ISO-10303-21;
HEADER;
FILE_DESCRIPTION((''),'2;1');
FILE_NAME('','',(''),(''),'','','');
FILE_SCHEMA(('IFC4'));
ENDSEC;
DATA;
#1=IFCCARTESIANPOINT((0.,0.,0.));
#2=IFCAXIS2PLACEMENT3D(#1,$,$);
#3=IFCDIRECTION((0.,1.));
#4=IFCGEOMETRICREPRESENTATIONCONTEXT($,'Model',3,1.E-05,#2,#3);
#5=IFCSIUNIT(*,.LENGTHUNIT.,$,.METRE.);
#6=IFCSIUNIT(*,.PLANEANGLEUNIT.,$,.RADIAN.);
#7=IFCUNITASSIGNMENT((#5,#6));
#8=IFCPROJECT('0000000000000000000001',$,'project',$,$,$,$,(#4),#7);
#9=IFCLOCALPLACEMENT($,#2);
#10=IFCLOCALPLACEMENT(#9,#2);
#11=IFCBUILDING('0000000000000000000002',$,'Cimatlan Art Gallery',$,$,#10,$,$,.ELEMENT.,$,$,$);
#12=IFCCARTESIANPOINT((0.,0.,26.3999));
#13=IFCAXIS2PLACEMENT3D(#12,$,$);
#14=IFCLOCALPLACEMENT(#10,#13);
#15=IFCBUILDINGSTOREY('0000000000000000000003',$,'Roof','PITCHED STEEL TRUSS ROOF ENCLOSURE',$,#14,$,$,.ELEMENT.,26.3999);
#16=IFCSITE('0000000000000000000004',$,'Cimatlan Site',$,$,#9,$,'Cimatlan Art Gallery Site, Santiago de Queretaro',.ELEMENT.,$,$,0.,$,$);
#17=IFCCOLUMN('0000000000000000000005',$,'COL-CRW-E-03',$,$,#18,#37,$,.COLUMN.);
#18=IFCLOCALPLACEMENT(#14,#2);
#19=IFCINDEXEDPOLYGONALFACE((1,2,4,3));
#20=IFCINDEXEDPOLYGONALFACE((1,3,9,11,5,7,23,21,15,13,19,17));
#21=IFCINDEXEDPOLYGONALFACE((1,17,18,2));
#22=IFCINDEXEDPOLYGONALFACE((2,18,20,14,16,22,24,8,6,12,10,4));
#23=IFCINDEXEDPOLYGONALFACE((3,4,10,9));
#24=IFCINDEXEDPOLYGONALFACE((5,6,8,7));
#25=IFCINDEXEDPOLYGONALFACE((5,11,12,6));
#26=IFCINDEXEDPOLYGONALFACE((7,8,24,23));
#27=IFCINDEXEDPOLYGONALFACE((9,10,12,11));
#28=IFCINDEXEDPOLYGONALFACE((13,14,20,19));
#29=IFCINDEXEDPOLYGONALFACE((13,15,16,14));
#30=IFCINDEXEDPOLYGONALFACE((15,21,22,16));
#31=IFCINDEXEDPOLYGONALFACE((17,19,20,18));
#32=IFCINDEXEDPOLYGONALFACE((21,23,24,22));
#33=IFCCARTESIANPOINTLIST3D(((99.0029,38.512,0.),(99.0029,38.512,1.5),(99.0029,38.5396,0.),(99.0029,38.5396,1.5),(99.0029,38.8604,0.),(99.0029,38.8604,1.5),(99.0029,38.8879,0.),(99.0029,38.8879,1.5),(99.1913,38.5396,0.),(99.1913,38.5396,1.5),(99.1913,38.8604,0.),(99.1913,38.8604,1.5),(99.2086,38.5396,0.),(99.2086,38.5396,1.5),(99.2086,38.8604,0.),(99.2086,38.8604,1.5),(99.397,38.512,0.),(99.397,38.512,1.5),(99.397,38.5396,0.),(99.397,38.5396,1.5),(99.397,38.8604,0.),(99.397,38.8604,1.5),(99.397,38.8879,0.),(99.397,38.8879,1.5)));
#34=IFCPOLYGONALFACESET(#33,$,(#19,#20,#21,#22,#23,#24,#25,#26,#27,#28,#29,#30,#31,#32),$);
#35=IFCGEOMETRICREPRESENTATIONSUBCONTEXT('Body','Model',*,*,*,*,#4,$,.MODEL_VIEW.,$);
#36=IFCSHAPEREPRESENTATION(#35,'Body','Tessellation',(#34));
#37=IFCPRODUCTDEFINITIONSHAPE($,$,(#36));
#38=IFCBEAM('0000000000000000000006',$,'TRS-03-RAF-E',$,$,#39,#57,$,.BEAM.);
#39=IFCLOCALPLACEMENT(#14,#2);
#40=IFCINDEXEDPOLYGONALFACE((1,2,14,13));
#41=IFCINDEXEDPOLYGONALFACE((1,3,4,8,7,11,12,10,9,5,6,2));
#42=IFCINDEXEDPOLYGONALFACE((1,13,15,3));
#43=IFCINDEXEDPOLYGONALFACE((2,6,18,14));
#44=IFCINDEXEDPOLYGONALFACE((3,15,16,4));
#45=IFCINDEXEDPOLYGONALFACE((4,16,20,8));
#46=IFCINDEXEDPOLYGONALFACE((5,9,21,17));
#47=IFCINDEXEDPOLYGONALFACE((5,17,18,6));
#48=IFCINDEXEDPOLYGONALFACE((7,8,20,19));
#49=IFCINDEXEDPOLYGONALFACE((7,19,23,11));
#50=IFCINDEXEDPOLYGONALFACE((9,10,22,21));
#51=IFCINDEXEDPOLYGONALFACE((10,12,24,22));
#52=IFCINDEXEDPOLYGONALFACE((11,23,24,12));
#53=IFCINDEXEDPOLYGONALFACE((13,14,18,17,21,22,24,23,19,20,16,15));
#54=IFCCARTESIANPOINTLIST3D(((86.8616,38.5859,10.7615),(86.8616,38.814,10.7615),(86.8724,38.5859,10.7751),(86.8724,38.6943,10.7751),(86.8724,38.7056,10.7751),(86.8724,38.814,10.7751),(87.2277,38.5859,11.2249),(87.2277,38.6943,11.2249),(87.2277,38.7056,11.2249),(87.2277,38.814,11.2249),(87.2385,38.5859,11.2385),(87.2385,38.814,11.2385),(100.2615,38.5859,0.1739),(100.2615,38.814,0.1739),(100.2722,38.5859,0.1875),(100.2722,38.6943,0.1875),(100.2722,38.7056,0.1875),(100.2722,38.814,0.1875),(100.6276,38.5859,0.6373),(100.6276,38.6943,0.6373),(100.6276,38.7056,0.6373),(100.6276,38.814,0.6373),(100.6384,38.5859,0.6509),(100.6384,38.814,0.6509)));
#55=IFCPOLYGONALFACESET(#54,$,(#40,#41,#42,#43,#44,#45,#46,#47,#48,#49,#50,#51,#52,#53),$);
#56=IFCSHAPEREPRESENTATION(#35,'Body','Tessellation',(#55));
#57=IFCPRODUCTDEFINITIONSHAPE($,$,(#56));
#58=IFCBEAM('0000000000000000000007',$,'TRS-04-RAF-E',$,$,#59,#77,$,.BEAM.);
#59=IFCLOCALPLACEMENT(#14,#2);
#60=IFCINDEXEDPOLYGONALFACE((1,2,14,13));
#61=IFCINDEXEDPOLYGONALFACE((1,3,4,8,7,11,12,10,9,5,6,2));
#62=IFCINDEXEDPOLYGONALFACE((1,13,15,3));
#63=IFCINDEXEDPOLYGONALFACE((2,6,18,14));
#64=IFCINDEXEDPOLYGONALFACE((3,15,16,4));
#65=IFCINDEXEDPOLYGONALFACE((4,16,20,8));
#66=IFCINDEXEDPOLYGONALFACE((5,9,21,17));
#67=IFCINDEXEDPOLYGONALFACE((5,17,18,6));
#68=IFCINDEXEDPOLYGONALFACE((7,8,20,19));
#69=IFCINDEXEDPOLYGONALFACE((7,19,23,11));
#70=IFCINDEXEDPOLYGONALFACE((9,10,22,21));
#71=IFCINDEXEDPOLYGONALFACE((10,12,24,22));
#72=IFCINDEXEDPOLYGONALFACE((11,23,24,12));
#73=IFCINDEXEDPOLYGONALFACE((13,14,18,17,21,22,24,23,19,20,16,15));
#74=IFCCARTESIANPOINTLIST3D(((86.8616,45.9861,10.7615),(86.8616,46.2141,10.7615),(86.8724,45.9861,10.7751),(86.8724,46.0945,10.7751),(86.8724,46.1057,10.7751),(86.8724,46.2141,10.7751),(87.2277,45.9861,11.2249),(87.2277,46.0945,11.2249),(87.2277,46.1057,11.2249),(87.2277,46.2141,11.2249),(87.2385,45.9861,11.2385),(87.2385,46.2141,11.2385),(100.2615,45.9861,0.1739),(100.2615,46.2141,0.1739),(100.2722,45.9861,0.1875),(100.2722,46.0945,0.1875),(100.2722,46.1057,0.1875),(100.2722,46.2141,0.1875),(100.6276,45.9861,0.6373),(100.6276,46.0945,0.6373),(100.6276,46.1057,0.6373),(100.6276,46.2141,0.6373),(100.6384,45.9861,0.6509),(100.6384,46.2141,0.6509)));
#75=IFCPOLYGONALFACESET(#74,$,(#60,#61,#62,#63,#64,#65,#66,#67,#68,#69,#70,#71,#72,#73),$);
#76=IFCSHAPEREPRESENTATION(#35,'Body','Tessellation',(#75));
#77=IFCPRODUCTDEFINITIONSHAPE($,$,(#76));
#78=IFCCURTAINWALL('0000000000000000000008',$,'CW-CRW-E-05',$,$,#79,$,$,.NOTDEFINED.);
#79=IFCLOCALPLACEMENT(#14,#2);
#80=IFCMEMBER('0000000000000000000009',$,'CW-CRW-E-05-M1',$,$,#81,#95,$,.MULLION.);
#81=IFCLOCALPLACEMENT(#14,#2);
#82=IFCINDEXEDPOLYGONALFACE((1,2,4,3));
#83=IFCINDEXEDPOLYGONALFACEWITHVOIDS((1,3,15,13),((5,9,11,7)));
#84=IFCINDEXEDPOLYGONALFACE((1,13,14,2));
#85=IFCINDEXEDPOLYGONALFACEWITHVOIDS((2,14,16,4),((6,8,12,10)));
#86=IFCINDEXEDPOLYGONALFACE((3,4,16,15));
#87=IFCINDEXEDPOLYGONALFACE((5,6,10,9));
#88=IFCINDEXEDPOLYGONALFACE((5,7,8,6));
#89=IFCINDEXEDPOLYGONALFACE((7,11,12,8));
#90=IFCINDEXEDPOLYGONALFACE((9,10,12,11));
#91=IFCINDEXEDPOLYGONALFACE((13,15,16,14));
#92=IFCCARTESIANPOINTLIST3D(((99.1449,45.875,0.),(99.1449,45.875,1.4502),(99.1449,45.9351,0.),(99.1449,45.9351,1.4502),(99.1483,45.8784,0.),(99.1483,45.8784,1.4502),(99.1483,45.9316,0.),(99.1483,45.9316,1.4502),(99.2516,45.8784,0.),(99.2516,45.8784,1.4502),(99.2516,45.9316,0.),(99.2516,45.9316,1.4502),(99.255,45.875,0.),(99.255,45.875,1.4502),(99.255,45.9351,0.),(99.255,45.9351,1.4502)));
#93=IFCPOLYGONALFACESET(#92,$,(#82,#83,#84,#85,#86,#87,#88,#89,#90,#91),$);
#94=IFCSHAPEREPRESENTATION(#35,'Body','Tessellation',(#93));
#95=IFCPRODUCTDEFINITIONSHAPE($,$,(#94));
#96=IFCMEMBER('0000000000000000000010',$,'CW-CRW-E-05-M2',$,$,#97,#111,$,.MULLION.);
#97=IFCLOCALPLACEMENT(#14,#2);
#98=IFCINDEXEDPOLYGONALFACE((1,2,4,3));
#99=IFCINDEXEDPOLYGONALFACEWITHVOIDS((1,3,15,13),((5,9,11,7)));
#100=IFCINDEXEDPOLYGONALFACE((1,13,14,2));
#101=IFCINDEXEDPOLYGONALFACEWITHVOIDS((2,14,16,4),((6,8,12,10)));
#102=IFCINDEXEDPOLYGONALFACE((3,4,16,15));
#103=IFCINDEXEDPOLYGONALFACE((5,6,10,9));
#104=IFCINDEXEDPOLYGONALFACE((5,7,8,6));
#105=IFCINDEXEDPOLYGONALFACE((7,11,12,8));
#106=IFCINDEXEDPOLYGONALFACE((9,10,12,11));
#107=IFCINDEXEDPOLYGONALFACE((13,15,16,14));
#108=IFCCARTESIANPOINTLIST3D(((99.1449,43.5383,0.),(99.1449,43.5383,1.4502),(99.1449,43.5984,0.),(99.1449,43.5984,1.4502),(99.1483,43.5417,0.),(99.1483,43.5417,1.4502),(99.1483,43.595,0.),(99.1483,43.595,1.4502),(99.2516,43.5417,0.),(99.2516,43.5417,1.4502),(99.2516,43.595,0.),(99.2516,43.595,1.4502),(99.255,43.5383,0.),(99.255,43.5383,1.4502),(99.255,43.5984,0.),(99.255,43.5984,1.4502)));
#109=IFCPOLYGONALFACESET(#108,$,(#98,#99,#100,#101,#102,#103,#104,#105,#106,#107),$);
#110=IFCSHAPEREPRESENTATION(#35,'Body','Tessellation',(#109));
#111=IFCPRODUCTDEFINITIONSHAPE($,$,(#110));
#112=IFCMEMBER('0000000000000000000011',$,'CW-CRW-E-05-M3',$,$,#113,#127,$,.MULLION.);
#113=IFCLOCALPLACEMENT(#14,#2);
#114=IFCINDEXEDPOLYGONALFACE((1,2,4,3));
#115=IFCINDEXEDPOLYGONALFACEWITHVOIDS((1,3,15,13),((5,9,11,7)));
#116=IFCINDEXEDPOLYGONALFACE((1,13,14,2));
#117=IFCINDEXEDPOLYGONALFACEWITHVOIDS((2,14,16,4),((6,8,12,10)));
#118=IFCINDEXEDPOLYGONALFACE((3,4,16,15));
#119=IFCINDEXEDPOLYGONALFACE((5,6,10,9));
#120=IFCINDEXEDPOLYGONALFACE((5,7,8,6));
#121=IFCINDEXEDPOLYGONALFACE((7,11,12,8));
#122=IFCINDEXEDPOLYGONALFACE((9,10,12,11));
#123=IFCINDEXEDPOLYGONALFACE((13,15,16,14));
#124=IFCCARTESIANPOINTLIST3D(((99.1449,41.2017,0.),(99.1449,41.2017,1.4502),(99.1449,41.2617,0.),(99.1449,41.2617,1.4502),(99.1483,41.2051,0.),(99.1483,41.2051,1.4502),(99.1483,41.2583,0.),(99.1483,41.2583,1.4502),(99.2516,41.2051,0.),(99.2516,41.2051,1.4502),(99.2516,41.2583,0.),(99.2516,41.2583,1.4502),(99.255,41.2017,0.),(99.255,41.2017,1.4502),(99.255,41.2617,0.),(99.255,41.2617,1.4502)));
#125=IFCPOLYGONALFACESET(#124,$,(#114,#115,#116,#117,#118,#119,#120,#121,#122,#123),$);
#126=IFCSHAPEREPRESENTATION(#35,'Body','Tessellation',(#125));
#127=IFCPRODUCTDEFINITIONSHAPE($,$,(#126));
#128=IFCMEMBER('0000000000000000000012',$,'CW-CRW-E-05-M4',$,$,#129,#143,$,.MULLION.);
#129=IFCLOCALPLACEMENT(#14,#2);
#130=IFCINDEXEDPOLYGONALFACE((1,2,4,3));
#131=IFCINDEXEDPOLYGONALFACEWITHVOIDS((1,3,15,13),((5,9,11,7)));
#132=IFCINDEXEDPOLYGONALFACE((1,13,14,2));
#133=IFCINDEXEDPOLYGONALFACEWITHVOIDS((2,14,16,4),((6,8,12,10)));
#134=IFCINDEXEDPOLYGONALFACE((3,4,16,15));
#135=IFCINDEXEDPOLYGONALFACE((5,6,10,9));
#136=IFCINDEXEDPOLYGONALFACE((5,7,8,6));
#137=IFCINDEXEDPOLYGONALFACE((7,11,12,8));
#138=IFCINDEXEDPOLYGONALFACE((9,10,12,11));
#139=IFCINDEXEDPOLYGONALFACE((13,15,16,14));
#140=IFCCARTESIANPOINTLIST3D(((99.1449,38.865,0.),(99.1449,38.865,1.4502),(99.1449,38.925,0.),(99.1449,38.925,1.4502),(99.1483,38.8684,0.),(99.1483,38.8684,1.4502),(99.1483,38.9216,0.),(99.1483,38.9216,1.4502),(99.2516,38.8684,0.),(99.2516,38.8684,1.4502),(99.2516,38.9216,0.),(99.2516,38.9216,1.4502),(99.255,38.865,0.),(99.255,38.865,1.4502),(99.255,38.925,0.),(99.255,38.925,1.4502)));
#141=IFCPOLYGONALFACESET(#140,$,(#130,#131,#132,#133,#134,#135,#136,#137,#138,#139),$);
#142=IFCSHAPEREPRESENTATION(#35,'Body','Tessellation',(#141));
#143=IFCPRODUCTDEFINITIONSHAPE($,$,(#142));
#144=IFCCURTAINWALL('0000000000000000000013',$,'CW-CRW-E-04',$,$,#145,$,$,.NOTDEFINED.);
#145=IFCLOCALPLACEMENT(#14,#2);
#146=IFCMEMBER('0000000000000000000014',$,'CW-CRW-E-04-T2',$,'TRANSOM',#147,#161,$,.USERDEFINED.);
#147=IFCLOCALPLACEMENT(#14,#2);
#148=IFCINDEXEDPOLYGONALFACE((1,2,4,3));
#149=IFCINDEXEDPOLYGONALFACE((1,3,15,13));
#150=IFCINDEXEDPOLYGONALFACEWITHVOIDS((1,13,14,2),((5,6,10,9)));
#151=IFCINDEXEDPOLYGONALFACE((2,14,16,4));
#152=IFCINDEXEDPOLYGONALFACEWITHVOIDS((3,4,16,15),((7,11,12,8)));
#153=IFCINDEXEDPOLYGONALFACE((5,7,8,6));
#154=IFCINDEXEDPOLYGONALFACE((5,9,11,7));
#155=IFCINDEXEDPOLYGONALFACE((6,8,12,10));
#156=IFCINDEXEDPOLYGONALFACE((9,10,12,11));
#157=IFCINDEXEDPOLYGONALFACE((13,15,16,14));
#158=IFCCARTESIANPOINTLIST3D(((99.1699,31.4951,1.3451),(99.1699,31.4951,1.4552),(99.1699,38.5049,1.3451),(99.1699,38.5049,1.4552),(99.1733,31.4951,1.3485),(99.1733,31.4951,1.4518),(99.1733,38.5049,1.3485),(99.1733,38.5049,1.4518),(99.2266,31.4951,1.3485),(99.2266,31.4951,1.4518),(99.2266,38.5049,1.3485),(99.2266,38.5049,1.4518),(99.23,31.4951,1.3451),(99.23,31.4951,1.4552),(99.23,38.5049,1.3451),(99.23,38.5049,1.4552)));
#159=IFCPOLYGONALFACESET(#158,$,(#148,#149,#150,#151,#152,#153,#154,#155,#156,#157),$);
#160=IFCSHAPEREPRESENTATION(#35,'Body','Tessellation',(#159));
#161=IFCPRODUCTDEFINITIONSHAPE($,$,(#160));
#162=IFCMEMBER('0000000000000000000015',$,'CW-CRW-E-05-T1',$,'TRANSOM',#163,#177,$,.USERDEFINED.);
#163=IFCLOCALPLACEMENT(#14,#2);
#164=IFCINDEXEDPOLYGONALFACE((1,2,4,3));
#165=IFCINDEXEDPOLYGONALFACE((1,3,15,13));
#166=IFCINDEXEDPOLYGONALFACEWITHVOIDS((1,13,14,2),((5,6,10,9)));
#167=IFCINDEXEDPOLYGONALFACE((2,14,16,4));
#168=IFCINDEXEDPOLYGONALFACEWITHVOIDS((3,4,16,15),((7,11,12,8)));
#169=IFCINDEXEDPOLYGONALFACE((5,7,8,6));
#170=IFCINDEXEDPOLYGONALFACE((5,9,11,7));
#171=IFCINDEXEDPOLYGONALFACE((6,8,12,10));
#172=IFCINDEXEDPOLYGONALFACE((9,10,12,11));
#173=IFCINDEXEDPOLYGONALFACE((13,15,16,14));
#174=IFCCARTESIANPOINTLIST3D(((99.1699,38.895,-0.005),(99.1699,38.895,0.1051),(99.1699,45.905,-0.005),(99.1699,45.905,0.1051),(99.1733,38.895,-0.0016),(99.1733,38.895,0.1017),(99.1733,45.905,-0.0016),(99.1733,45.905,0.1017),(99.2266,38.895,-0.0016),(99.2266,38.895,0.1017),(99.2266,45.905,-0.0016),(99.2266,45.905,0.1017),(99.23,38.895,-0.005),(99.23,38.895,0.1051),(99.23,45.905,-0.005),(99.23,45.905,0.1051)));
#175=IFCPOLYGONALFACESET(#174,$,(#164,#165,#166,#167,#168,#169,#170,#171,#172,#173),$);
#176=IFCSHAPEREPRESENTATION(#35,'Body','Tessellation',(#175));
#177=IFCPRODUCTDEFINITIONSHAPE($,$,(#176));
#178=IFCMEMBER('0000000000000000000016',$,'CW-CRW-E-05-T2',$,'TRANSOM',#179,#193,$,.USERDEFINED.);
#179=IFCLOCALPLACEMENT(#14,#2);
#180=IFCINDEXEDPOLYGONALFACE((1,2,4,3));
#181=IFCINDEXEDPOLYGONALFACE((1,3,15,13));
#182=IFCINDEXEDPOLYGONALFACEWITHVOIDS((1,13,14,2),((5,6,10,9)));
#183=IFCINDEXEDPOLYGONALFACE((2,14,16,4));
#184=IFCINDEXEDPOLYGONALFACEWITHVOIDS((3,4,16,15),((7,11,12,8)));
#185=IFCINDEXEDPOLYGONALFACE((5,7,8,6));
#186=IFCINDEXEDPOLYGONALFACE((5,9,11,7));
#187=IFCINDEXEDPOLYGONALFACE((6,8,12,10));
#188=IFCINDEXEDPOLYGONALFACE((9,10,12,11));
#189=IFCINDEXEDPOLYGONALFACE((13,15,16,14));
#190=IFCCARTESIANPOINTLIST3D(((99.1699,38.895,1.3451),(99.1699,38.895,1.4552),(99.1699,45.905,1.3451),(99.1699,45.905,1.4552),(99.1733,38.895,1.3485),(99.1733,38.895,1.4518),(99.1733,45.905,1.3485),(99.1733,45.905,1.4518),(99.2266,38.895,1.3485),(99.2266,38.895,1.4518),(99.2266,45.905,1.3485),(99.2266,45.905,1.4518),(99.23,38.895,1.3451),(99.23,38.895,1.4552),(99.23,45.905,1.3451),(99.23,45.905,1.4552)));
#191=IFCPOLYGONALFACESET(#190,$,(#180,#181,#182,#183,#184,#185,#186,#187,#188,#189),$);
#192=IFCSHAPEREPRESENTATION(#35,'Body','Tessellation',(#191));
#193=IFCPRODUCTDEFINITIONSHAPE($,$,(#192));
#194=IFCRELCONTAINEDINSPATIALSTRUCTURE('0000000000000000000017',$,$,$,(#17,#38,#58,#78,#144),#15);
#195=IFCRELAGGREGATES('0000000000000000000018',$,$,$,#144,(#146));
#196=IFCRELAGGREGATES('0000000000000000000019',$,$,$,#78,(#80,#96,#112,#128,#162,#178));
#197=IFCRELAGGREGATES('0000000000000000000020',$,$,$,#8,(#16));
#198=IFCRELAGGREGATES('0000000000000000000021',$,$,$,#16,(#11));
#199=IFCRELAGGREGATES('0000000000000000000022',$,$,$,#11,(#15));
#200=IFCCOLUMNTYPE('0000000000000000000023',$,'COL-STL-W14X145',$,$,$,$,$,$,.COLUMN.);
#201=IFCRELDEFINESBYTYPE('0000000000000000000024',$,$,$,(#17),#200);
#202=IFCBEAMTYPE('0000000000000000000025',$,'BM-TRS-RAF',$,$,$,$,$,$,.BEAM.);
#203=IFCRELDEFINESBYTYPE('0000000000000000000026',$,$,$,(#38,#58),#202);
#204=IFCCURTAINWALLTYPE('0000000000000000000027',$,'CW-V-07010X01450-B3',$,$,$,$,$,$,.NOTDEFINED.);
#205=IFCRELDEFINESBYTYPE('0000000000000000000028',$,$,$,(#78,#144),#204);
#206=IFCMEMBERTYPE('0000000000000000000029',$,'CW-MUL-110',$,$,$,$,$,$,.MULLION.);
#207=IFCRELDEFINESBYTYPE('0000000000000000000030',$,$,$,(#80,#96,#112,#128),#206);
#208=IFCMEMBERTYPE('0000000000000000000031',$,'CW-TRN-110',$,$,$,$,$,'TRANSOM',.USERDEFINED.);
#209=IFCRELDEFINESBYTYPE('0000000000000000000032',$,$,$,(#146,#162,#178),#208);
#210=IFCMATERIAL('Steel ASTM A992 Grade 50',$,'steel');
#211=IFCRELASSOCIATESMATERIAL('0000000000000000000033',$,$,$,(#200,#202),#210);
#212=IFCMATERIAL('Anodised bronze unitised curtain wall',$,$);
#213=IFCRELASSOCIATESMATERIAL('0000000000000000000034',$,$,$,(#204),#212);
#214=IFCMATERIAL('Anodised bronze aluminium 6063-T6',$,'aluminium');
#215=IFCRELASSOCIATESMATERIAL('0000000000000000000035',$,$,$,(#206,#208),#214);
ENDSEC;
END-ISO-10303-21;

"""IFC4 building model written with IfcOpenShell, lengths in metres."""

from ifc_helpers import new_model, si_unit, direction, frame, origin, origin_2d, place, context, subcontext, project, spatial, hollow_rectangle, i_section, extrude, material, material_profile, profile_set, type_object, element, aggregate, save


model = new_model("IFC4")

# Units and contexts
model_context = context("Model", 3, precision=1e-05, world=origin(), true_north=direction((0.0, 1.0)))
body_context = subcontext(model_context, "Body", "Model", "MODEL_VIEW")
ifc_project = project(units=[si_unit("LENGTHUNIT", "METRE"), si_unit("PLANEANGLEUNIT", "RADIAN")], contexts=[model_context])

# Site, building, storey
site_placement = place(None, origin())
site = spatial("IfcSite", under=ifc_project, at=site_placement, Name="Cimatlan Site", LongName="Cimatlan Art Gallery Site, Santiago de Queretaro", CompositionType="ELEMENT", RefElevation=0.0)
building_placement = place(site_placement, origin())
building = spatial("IfcBuilding", under=site, at=building_placement, Name="Cimatlan Art Gallery", CompositionType="ELEMENT")
storey_placement = place(building_placement, frame((0.0, 0.0, 26.3999)))
storey = spatial("IfcBuildingStorey", under=building, at=storey_placement, Name="Roof", Description="PITCHED STEEL TRUSS ROOF ENCLOSURE", CompositionType="ELEMENT", Elevation=26.3999)

# Column
ifc_material_1 = material(Name="Steel ASTM A992 Grade 50", Category="steel")
ifc_material_profile_1 = material_profile(ifc_material_1, i_section(OverallWidth=0.394, OverallDepth=0.376, WebThickness=0.0173, FlangeThickness=0.0276, at=origin_2d()), Name="W14X145")
ifc_profile_set_1 = profile_set([ifc_material_profile_1], Name="Steel ASTM A992 Grade 50")
column_type = type_object("IfcColumnType", Name="COL-STL-W14X145", PredefinedType="COLUMN", material=ifc_profile_set_1)
column_placement = place(storey_placement, frame((99.2, 38.7, 0.0), z_axis=(0.0, 0.0, 1.0), x_axis=(1.0, 0.0, 0.0)))
element("IfcColumn", 1, at=column_placement, inside=storey, type_object=column_type, Name="COL-CRW-E-03", PredefinedType="COLUMN", context=body_context, shape_type="SweptSolid", body=[
    extrude(i_section(OverallWidth=0.394, OverallDepth=0.376, WebThickness=0.0173, FlangeThickness=0.0276, at=origin_2d()), origin(), (0.0, 0.0, 1.0), 1.5),
])

# Beams
ifc_material_profile_2 = material_profile(ifc_material_1, i_section(OverallWidth=0.228, OverallDepth=0.6079, WebThickness=0.0112, FlangeThickness=0.0173, at=origin_2d()), Name="W24X76")
ifc_profile_set_2 = profile_set([ifc_material_profile_2], Name="Steel ASTM A992 Grade 50")
beam_type = type_object("IfcBeamType", Name="BM-TRS-RAF", PredefinedType="BEAM", material=ifc_profile_set_2)
for number, where, z_axis, x_axis, name in (
    (2, (87.05, 38.7, 11.0), (0.784633, 0.0, -0.619961), (0.0, 1.0, 0.0), "TRS-03-RAF-E"),
    (3, (87.05, 46.1001, 11.0), (0.784633, 0.0, -0.619961), (0.0, 1.0, 0.0), "TRS-04-RAF-E"),
):
    element("IfcBeam", number, at=place(storey_placement, frame(where, z_axis=z_axis, x_axis=x_axis)), inside=storey, type_object=beam_type, Name=name, PredefinedType="BEAM", context=body_context, shape_type="SweptSolid", body=[
        extrude(i_section(OverallWidth=0.228, OverallDepth=0.6079, WebThickness=0.0112, FlangeThickness=0.0173, at=origin_2d()), origin(), (0.0, 0.0, 1.0), 17.0779),
    ])

# Curtain wall, members
ifc_material_2 = material(Name="Anodised bronze unitised curtain wall")
curtain_wall_type = type_object("IfcCurtainWallType", Name="CW-V-07010X01450-B3", PredefinedType="NOTDEFINED", material=ifc_material_2)
curtain_wall_1_placement = place(storey_placement, origin())
curtain_wall_1 = element("IfcCurtainWall", 4, at=curtain_wall_1_placement, inside=storey, type_object=curtain_wall_type, Name="CW-CRW-E-05", PredefinedType="NOTDEFINED")
ifc_material_3 = material(Name="Anodised bronze aluminium 6063-T6", Category="aluminium")
ifc_material_profile_3 = material_profile(ifc_material_3, hollow_rectangle(XDim=0.0601, YDim=0.1101, WallThickness=0.0034, at=origin_2d()), Name="ALU60X110X3")
ifc_profile_set_3 = profile_set([ifc_material_profile_3], Name="Anodised bronze aluminium 6063-T6")
member_type_1 = type_object("IfcMemberType", Name="CW-MUL-110", PredefinedType="MULLION", material=ifc_profile_set_3)
member_1_placement = place(storey_placement, frame((99.2, 45.905, 0.0), z_axis=(0.0, 0.0, 1.0), x_axis=(0.0, 1.0, 0.0)))
member_1 = element("IfcMember", 5, at=member_1_placement, type_object=member_type_1, Name="CW-CRW-E-05-M1", PredefinedType="MULLION", context=body_context, shape_type="SweptSolid", body=[
    extrude(hollow_rectangle(XDim=0.0601, YDim=0.1101, WallThickness=0.0034, at=origin_2d()), origin(), (0.0, 0.0, 1.0), 1.4502),
])
member_2_placement = place(storey_placement, frame((99.2, 43.5684, 0.0), z_axis=(0.0, 0.0, 1.0), x_axis=(0.0, 1.0, 0.0)))
member_2 = element("IfcMember", 6, at=member_2_placement, type_object=member_type_1, Name="CW-CRW-E-05-M2", PredefinedType="MULLION", context=body_context, shape_type="SweptSolid", body=[
    extrude(hollow_rectangle(XDim=0.0601, YDim=0.1101, WallThickness=0.0034, at=origin_2d()), origin(), (0.0, 0.0, 1.0), 1.4502),
])
member_3_placement = place(storey_placement, frame((99.2, 41.2317, 0.0), z_axis=(0.0, 0.0, 1.0), x_axis=(0.0, 1.0, 0.0)))
member_3 = element("IfcMember", 7, at=member_3_placement, type_object=member_type_1, Name="CW-CRW-E-05-M3", PredefinedType="MULLION", context=body_context, shape_type="SweptSolid", body=[
    extrude(hollow_rectangle(XDim=0.0601, YDim=0.1101, WallThickness=0.0034, at=origin_2d()), origin(), (0.0, 0.0, 1.0), 1.4502),
])
member_4_placement = place(storey_placement, frame((99.2, 38.895, 0.0), z_axis=(0.0, 0.0, 1.0), x_axis=(0.0, 1.0, 0.0)))
member_4 = element("IfcMember", 8, at=member_4_placement, type_object=member_type_1, Name="CW-CRW-E-05-M4", PredefinedType="MULLION", context=body_context, shape_type="SweptSolid", body=[
    extrude(hollow_rectangle(XDim=0.0601, YDim=0.1101, WallThickness=0.0034, at=origin_2d()), origin(), (0.0, 0.0, 1.0), 1.4502),
])

# Curtain wall, member
curtain_wall_2_placement = place(storey_placement, origin())
curtain_wall_2 = element("IfcCurtainWall", 9, at=curtain_wall_2_placement, inside=storey, type_object=curtain_wall_type, Name="CW-CRW-E-04", PredefinedType="NOTDEFINED")
ifc_material_profile_4 = material_profile(ifc_material_3, hollow_rectangle(XDim=0.0601, YDim=0.1101, WallThickness=0.0034, at=origin_2d()), Name="ALU60X110X3")
ifc_profile_set_4 = profile_set([ifc_material_profile_4], Name="Anodised bronze aluminium 6063-T6")
member_type_2 = type_object("IfcMemberType", Name="CW-TRN-110", ElementType="TRANSOM", PredefinedType="USERDEFINED", material=ifc_profile_set_4)
member_5_placement = place(storey_placement, frame((99.2, 38.5049, 1.4001), z_axis=(0.0, -1.0, 0.0), x_axis=(1.0, 0.0, 0.0)))
member_5 = element("IfcMember", 10, at=member_5_placement, type_object=member_type_2, Name="CW-CRW-E-04-T2", ObjectType="TRANSOM", PredefinedType="USERDEFINED", context=body_context, shape_type="SweptSolid", body=[
    extrude(hollow_rectangle(XDim=0.0601, YDim=0.1101, WallThickness=0.0034, at=origin_2d()), origin(), (0.0, 0.0, 1.0), 7.0098),
])
aggregate(curtain_wall_2, [member_5])

# Members
member_6_placement = place(storey_placement, frame((99.2, 45.905, 0.05), z_axis=(0.0, -1.0, 0.0), x_axis=(1.0, 0.0, 0.0)))
member_6 = element("IfcMember", 11, at=member_6_placement, type_object=member_type_2, Name="CW-CRW-E-05-T1", ObjectType="TRANSOM", PredefinedType="USERDEFINED", context=body_context, shape_type="SweptSolid", body=[
    extrude(hollow_rectangle(XDim=0.0601, YDim=0.1101, WallThickness=0.0034, at=origin_2d()), origin(), (0.0, 0.0, 1.0), 7.01),
])
member_7_placement = place(storey_placement, frame((99.2, 45.905, 1.4001), z_axis=(0.0, -1.0, 0.0), x_axis=(1.0, 0.0, 0.0)))
member_7 = element("IfcMember", 12, at=member_7_placement, type_object=member_type_2, Name="CW-CRW-E-05-T2", ObjectType="TRANSOM", PredefinedType="USERDEFINED", context=body_context, shape_type="SweptSolid", body=[
    extrude(hollow_rectangle(XDim=0.0601, YDim=0.1101, WallThickness=0.0034, at=origin_2d()), origin(), (0.0, 0.0, 1.0), 7.01),
])

aggregate(curtain_wall_1, [member_1, member_2, member_3, member_4, member_6, member_7])

save(model, "model.ifc")
